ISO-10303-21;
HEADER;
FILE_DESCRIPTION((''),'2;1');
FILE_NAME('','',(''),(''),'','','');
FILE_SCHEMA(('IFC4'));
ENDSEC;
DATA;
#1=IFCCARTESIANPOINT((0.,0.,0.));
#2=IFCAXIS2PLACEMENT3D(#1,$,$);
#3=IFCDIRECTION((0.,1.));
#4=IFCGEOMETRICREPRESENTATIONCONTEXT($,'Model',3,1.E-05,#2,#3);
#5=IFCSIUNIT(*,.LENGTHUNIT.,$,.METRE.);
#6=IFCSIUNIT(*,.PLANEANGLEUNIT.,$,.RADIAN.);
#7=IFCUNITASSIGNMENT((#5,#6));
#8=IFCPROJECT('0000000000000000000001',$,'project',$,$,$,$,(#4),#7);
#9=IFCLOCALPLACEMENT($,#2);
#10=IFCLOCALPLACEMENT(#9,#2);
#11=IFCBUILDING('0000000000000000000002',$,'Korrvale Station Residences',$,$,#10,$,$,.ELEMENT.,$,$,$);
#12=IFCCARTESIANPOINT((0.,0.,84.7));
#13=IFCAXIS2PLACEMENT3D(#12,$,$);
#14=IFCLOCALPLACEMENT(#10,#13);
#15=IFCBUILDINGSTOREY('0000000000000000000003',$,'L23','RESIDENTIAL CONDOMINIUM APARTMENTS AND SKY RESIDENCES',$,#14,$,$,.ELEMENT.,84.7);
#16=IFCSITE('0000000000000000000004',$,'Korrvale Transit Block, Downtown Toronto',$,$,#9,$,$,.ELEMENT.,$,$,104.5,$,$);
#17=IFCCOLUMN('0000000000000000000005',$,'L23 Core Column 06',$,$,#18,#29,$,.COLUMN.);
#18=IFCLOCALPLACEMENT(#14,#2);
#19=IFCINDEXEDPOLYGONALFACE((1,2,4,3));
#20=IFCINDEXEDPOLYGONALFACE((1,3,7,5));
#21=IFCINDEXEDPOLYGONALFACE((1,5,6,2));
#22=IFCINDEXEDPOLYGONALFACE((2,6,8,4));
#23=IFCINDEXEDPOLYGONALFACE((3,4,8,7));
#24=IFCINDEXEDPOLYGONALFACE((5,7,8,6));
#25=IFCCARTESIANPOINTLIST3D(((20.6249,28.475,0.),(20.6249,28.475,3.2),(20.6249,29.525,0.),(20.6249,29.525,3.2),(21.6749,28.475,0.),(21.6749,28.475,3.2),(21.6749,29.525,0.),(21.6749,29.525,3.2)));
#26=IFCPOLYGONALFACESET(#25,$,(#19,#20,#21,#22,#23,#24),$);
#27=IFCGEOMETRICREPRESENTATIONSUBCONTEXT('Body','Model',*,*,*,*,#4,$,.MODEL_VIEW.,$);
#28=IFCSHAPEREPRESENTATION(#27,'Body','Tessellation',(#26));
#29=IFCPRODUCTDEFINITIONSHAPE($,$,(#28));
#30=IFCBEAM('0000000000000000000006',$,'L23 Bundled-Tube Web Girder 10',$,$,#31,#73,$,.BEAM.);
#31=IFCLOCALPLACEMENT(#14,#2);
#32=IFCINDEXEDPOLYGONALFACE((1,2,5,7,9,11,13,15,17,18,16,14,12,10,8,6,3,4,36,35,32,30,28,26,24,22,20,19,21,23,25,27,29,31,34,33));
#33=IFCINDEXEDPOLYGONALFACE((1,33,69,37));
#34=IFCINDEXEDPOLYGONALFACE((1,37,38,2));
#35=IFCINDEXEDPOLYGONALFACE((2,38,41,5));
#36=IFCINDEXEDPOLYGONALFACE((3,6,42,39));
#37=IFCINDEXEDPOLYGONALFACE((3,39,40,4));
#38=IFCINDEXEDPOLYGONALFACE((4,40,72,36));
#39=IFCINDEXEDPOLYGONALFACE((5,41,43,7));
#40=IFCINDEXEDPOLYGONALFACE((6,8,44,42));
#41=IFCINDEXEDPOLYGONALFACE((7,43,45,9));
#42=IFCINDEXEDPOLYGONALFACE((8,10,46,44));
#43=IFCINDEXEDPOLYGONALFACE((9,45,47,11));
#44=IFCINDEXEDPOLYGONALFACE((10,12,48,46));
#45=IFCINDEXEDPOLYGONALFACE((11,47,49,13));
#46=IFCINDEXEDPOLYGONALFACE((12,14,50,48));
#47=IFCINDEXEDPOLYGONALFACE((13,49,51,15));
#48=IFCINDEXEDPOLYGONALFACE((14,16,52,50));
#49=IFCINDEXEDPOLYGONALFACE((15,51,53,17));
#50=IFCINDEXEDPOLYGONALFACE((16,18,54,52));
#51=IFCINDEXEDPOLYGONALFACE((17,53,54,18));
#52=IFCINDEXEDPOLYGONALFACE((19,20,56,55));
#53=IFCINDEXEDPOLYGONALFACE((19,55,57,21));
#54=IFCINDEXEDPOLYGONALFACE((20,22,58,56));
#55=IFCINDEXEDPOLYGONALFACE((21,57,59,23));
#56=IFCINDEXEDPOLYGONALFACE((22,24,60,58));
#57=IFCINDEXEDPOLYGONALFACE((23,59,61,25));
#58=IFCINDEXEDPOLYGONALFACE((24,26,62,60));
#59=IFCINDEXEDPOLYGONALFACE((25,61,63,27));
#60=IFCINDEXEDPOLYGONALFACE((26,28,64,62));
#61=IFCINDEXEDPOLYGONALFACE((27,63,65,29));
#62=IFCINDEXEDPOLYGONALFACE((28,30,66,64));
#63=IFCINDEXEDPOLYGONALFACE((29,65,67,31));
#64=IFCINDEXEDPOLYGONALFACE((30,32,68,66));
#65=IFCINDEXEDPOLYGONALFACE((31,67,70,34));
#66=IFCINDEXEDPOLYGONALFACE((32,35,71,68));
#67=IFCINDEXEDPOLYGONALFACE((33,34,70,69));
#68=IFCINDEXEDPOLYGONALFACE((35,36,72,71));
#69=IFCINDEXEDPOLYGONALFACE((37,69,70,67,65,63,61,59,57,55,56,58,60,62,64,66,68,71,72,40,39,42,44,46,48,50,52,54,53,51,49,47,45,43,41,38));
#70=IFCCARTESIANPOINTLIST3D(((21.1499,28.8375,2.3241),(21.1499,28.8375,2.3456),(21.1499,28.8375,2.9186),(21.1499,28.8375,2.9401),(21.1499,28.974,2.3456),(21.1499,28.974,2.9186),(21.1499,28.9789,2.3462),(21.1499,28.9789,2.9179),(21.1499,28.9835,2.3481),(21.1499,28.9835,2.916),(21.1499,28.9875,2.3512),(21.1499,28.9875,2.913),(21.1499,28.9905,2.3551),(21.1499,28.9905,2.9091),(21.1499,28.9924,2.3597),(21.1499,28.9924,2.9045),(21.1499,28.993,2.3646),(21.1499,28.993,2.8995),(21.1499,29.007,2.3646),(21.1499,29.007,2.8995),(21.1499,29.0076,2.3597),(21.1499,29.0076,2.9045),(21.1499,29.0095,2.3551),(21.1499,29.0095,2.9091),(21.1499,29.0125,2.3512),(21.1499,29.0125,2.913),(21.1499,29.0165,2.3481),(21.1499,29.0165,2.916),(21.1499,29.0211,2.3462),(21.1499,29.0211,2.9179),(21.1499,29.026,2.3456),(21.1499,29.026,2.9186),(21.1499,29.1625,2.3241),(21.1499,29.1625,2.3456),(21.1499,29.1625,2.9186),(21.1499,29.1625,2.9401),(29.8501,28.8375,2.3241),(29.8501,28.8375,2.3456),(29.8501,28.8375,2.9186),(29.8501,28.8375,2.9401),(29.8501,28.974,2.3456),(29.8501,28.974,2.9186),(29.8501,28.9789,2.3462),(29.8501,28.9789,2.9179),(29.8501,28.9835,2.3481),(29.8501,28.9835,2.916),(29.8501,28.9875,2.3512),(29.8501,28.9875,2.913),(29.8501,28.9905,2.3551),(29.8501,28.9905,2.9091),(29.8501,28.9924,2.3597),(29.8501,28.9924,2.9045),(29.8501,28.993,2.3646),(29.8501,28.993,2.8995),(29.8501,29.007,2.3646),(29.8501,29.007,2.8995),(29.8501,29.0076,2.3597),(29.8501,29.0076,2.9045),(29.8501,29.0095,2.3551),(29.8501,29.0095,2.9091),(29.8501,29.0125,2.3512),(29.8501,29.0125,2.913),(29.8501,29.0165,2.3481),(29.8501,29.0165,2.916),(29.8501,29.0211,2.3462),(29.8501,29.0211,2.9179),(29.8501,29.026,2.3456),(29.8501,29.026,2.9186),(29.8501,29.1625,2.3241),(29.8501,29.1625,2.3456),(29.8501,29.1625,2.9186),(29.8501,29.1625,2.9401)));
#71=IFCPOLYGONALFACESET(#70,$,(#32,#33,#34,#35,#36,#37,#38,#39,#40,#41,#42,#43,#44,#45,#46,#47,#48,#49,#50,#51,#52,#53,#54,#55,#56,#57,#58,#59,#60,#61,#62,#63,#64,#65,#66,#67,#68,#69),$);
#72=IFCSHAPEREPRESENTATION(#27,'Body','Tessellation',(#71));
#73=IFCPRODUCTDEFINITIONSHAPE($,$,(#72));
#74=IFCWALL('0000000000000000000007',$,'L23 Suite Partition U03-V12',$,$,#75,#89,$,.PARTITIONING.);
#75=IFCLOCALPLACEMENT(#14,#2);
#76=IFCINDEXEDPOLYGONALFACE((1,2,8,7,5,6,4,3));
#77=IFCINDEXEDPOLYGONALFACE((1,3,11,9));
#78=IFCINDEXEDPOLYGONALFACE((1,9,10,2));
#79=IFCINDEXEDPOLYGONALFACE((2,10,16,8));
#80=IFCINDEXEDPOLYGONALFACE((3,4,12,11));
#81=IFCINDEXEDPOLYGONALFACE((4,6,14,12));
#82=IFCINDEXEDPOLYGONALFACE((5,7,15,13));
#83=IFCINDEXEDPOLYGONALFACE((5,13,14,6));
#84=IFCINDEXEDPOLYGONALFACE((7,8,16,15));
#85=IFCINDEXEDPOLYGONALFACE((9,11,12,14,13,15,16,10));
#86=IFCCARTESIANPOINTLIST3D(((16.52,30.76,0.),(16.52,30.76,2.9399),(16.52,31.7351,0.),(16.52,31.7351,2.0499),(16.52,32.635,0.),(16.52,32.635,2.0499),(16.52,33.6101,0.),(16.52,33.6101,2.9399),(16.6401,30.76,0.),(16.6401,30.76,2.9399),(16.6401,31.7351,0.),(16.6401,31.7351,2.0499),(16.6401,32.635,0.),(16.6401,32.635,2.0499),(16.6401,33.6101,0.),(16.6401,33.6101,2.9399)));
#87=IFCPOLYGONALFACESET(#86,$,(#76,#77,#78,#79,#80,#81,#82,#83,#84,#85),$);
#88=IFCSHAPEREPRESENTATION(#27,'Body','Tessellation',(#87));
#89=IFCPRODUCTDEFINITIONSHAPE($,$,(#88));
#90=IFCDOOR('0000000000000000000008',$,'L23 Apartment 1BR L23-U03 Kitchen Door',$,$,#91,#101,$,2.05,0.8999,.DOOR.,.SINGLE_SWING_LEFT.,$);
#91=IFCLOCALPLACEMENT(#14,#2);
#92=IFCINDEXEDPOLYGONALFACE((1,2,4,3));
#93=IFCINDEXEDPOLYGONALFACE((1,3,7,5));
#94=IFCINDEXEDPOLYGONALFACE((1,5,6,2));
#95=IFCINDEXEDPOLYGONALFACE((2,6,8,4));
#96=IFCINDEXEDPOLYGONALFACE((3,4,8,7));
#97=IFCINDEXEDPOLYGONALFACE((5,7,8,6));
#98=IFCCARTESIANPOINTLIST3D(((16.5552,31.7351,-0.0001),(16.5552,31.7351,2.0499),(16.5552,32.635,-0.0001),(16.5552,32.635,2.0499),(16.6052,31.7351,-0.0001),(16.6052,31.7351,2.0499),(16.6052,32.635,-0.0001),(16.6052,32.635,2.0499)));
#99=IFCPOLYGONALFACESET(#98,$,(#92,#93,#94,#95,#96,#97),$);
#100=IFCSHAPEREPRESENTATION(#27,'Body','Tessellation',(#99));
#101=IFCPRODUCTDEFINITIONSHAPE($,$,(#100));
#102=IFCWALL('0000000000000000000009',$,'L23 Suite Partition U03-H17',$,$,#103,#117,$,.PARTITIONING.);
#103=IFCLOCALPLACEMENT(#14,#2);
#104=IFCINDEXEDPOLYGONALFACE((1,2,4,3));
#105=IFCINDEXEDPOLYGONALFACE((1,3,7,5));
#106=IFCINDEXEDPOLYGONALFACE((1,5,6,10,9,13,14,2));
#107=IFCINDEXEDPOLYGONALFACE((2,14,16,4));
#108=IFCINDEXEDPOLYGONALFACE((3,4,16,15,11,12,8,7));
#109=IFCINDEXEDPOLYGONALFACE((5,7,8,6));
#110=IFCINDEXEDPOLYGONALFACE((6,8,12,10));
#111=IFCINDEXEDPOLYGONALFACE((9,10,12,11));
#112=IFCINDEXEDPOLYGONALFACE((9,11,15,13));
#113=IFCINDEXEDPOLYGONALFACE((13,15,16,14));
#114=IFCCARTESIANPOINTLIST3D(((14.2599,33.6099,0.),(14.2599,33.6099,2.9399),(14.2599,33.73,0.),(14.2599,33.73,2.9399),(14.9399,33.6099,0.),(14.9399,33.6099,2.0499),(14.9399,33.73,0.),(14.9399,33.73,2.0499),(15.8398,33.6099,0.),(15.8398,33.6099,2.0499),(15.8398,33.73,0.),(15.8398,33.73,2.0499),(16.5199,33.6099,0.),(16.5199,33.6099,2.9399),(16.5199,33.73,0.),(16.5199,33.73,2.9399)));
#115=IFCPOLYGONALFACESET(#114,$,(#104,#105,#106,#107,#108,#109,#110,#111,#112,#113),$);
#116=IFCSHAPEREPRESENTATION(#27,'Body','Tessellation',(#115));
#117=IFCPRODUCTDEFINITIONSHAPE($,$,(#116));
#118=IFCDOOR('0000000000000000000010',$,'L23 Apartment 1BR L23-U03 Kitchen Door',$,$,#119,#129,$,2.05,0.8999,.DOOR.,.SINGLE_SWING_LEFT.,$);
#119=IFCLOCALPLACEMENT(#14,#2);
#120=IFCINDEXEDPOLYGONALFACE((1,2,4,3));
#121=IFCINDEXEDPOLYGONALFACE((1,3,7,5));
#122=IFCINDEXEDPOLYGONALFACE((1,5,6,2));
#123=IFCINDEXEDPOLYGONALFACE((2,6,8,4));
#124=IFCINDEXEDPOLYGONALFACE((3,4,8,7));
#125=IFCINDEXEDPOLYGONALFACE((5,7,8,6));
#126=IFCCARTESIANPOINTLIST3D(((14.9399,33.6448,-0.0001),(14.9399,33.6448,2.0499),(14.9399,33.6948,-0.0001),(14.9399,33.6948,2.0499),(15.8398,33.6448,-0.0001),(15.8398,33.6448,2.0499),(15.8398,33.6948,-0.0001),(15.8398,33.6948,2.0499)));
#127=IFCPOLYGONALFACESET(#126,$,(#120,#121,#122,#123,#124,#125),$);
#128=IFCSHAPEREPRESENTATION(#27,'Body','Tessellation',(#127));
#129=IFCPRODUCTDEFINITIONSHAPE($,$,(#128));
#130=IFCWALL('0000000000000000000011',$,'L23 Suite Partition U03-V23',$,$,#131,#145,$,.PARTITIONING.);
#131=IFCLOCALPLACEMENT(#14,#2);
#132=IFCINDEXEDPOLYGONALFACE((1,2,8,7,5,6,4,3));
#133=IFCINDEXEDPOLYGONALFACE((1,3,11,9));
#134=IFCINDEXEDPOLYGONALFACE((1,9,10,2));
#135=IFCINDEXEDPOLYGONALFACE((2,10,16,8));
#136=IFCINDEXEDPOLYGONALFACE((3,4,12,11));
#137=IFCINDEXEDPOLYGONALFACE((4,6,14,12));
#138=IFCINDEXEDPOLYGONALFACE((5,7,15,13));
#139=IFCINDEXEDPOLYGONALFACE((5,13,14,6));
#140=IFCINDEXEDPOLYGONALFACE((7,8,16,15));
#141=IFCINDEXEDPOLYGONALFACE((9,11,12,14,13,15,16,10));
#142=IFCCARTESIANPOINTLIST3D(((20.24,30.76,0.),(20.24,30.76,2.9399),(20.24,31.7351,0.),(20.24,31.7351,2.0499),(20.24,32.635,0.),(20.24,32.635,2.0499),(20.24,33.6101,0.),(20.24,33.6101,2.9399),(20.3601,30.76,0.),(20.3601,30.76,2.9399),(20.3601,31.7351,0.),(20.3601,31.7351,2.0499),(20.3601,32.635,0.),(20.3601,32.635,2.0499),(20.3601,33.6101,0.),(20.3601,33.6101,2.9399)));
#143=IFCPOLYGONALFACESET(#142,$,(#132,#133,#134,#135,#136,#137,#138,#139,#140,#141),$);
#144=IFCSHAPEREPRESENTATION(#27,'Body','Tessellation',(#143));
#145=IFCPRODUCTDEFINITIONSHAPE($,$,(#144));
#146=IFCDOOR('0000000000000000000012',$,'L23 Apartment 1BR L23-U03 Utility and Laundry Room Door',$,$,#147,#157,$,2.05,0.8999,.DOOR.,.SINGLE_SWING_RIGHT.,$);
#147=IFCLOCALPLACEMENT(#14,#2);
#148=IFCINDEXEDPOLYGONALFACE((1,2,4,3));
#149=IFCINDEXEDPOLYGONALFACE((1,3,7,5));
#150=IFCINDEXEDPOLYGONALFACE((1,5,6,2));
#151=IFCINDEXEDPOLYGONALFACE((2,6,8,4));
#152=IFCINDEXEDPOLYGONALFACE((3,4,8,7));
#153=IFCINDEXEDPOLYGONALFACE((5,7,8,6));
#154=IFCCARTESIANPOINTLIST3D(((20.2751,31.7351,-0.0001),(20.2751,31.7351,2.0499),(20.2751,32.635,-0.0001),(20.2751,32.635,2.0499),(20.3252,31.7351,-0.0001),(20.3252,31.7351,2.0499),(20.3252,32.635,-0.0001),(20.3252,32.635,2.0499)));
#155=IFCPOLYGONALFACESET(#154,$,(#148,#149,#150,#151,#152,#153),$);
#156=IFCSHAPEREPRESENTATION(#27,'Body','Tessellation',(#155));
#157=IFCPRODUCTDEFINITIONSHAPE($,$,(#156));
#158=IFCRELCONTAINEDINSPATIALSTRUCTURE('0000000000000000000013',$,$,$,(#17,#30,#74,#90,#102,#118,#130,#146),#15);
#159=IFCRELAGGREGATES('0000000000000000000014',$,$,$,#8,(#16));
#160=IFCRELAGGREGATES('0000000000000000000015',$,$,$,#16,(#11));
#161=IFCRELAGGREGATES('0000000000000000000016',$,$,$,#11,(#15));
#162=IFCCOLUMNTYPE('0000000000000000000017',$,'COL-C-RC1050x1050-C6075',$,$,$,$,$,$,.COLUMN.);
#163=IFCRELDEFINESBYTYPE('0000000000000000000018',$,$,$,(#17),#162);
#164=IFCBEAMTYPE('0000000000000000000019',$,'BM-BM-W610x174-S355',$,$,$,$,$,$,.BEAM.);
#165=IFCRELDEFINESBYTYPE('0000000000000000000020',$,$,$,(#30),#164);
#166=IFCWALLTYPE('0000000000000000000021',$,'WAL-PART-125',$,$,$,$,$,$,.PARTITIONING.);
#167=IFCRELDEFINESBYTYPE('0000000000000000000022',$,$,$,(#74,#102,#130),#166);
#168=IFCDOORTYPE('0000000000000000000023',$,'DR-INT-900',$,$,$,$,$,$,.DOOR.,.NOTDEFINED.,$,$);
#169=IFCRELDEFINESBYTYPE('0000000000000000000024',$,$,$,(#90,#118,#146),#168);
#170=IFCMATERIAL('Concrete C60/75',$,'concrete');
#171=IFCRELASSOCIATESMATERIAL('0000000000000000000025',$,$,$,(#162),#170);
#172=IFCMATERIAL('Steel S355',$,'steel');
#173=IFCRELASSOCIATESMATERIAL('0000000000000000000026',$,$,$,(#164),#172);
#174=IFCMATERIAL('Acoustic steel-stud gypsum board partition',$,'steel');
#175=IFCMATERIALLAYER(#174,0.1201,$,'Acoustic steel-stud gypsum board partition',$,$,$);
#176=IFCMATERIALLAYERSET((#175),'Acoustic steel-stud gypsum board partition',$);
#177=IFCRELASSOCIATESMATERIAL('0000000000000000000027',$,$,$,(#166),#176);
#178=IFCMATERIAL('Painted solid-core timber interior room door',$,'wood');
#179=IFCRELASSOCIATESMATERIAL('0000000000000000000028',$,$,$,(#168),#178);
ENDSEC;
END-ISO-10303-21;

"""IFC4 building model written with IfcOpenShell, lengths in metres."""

from ifc_helpers import new_model, si_unit, direction, frame, frame_2d, origin, origin_2d, place, context, subcontext, project, spatial, rectangle, i_section, extrude, material, layer, layer_set, material_profile, profile_set, type_object, element, fill, save


model = new_model("IFC4")

# Units and contexts
model_context = context("Model", 3, precision=1e-05, world=origin(), true_north=direction((0.0, 1.0)))
body_context = subcontext(model_context, "Body", "Model", "MODEL_VIEW")
ifc_project = project(units=[si_unit("LENGTHUNIT", "METRE"), si_unit("PLANEANGLEUNIT", "RADIAN")], contexts=[model_context])

# Site, building, storey
site_placement = place(None, origin())
site = spatial("IfcSite", under=ifc_project, at=site_placement, Name="Korrvale Transit Block, Downtown Toronto", CompositionType="ELEMENT", RefElevation=104.5)
building_placement = place(site_placement, origin())
building = spatial("IfcBuilding", under=site, at=building_placement, Name="Korrvale Station Residences", CompositionType="ELEMENT")
storey_placement = place(building_placement, frame((0.0, 0.0, 84.7)))
storey = spatial("IfcBuildingStorey", under=building, at=storey_placement, Name="L23", Description="RESIDENTIAL CONDOMINIUM APARTMENTS AND SKY RESIDENCES", CompositionType="ELEMENT", Elevation=84.7)

# Column
ifc_material_1 = material(Name="Concrete C60/75", Category="concrete")
ifc_material_profile_1 = material_profile(ifc_material_1, rectangle(XDim=1.05, YDim=1.05, at=origin_2d()), Name="RC1050x1050")
ifc_profile_set_1 = profile_set([ifc_material_profile_1], Name="Concrete C60/75")
column_type = type_object("IfcColumnType", Name="COL-C-RC1050x1050-C6075", PredefinedType="COLUMN", material=ifc_profile_set_1)
column_placement = place(storey_placement, frame((21.1499, 29.0, 0.0), z_axis=(0.0, 0.0, 1.0), x_axis=(1.0, 0.0, 0.0)))
element("IfcColumn", 1, at=column_placement, inside=storey, type_object=column_type, Name="L23 Core Column 06", PredefinedType="COLUMN", context=body_context, shape_type="SweptSolid", body=[
    extrude(rectangle(XDim=1.05, YDim=1.05, at=origin_2d()), origin(), (0.0, 0.0, 1.0), 3.2),
])

# Beam
ifc_material_2 = material(Name="Steel S355", Category="steel")
ifc_material_profile_2 = material_profile(ifc_material_2, i_section(OverallWidth=0.325, OverallDepth=0.616, WebThickness=0.0139, FlangeThickness=0.0215, FilletRadius=0.019, at=origin_2d()), Name="W610x174")
ifc_profile_set_2 = profile_set([ifc_material_profile_2], Name="Steel S355")
beam_type = type_object("IfcBeamType", Name="BM-BM-W610x174-S355", PredefinedType="BEAM", material=ifc_profile_set_2)
beam_placement = place(storey_placement, frame((21.1499, 29.0, 2.6321), z_axis=(1.0, 0.0, 0.0), x_axis=(0.0, 1.0, 0.0)))
element("IfcBeam", 2, at=beam_placement, inside=storey, type_object=beam_type, Name="L23 Bundled-Tube Web Girder 10", PredefinedType="BEAM", context=body_context, shape_type="SweptSolid", body=[
    extrude(i_section(OverallWidth=0.325, OverallDepth=0.616, WebThickness=0.0139, FlangeThickness=0.0215, FilletRadius=0.019, at=origin_2d()), origin(), (0.0, 0.0, 1.0), 8.7002),
])

# Walls, openings, doors
ifc_material_3 = material(Name="Acoustic steel-stud gypsum board partition", Category="steel")
ifc_layer = layer(ifc_material_3, 0.1201, Name="Acoustic steel-stud gypsum board partition")
ifc_layer_set = layer_set([ifc_layer], Name="Acoustic steel-stud gypsum board partition")
wall_type = type_object("IfcWallType", Name="WAL-PART-125", PredefinedType="PARTITIONING", material=ifc_layer_set)
wall_1_placement = place(storey_placement, frame((16.5801, 30.76, 0.0), z_axis=(0.0, 0.0, 1.0), x_axis=(0.0, 1.0, 0.0)))
wall_1 = element("IfcWall", 3, at=wall_1_placement, inside=storey, type_object=wall_type, Name="L23 Suite Partition U03-V12", PredefinedType="PARTITIONING", context=body_context, shape_type="SweptSolid", body=[
    extrude(rectangle(XDim=2.8501, YDim=0.1201, at=frame_2d((1.425, 0.0))), origin(), (0.0, 0.0, 1.0), 2.9399),
])
opening_1_placement = place(wall_1_placement, frame((0.9751, 0.0, 0.0)))
opening_1 = element("IfcOpeningElement", 4, at=opening_1_placement, cuts=wall_1, PredefinedType="OPENING", context=body_context, shape_type="SweptSolid", body=[
    extrude(rectangle(XDim=0.8999, YDim=2.05, at=frame_2d((0.45, 1.0249))), frame((0.0, 0.0701, 0.0), z_axis=(0.0, -1.0, 0.0), x_axis=(1.0, 0.0, 0.0)), (0.0, 0.0, 1.0), 0.1401),
])
ifc_material_4 = material(Name="Painted solid-core timber interior room door", Category="wood")
door_type = type_object("IfcDoorType", Name="DR-INT-900", OperationType="NOTDEFINED", PredefinedType="DOOR", material=ifc_material_4)
door_1_placement = place(opening_1_placement, origin())
door_1 = element("IfcDoor", 5, at=door_1_placement, inside=storey, type_object=door_type, Name="L23 Apartment 1BR L23-U03 Kitchen Door", OperationType="SINGLE_SWING_LEFT", OverallHeight=2.05, OverallWidth=0.8999, PredefinedType="DOOR", context=body_context, shape_type="SweptSolid", body=[
    extrude(rectangle(XDim=0.8999, YDim=2.05, at=frame_2d((0.45, 1.0249))), frame((0.0, 0.0249, 0.0), z_axis=(0.0, -1.0, 0.0), x_axis=(1.0, 0.0, 0.0)), (0.0, 0.0, 1.0), 0.05),
])
fill(opening_1, door_1)
wall_2_placement = place(storey_placement, frame((14.26, 33.6699, 0.0), z_axis=(0.0, 0.0, 1.0), x_axis=(1.0, 0.0, 0.0)))
wall_2 = element("IfcWall", 6, at=wall_2_placement, inside=storey, type_object=wall_type, Name="L23 Suite Partition U03-H17", PredefinedType="PARTITIONING", context=body_context, shape_type="SweptSolid", body=[
    extrude(rectangle(XDim=2.26, YDim=0.1201, at=frame_2d((1.1299, 0.0))), origin(), (0.0, 0.0, 1.0), 2.9399),
])
opening_2_placement = place(wall_2_placement, frame((0.6799, 0.0, 0.0)))
opening_2 = element("IfcOpeningElement", 7, at=opening_2_placement, cuts=wall_2, PredefinedType="OPENING", context=body_context, shape_type="SweptSolid", body=[
    extrude(rectangle(XDim=0.8999, YDim=2.05, at=frame_2d((0.45, 1.0249))), frame((0.0, 0.0701, 0.0), z_axis=(0.0, -1.0, 0.0), x_axis=(1.0, 0.0, 0.0)), (0.0, 0.0, 1.0), 0.1401),
])
door_2_placement = place(opening_2_placement, origin())
door_2 = element("IfcDoor", 8, at=door_2_placement, inside=storey, type_object=door_type, Name="L23 Apartment 1BR L23-U03 Kitchen Door", OperationType="SINGLE_SWING_LEFT", OverallHeight=2.05, OverallWidth=0.8999, PredefinedType="DOOR", context=body_context, shape_type="SweptSolid", body=[
    extrude(rectangle(XDim=0.8999, YDim=2.05, at=frame_2d((0.45, 1.0249))), frame((0.0, 0.0249, 0.0), z_axis=(0.0, -1.0, 0.0), x_axis=(1.0, 0.0, 0.0)), (0.0, 0.0, 1.0), 0.05),
])
fill(opening_2, door_2)
wall_3_placement = place(storey_placement, frame((20.3, 30.76, 0.0), z_axis=(0.0, 0.0, 1.0), x_axis=(0.0, 1.0, 0.0)))
wall_3 = element("IfcWall", 9, at=wall_3_placement, inside=storey, type_object=wall_type, Name="L23 Suite Partition U03-V23", PredefinedType="PARTITIONING", context=body_context, shape_type="SweptSolid", body=[
    extrude(rectangle(XDim=2.8501, YDim=0.1201, at=frame_2d((1.425, 0.0))), origin(), (0.0, 0.0, 1.0), 2.9399),
])
opening_3_placement = place(wall_3_placement, frame((0.9751, 0.0, 0.0)))
opening_3 = element("IfcOpeningElement", 10, at=opening_3_placement, cuts=wall_3, PredefinedType="OPENING", context=body_context, shape_type="SweptSolid", body=[
    extrude(rectangle(XDim=0.8999, YDim=2.05, at=frame_2d((0.45, 1.0249))), frame((0.0, 0.0701, 0.0), z_axis=(0.0, -1.0, 0.0), x_axis=(1.0, 0.0, 0.0)), (0.0, 0.0, 1.0), 0.1401),
])
door_3_placement = place(opening_3_placement, origin())
door_3 = element("IfcDoor", 11, at=door_3_placement, inside=storey, type_object=door_type, Name="L23 Apartment 1BR L23-U03 Utility and Laundry Room Door", OperationType="SINGLE_SWING_RIGHT", OverallHeight=2.05, OverallWidth=0.8999, PredefinedType="DOOR", context=body_context, shape_type="SweptSolid", body=[
    extrude(rectangle(XDim=0.8999, YDim=2.05, at=frame_2d((0.45, 1.0249))), frame((0.0, 0.0249, 0.0), z_axis=(0.0, -1.0, 0.0), x_axis=(1.0, 0.0, 0.0)), (0.0, 0.0, 1.0), 0.05),
])
fill(opening_3, door_3)

save(model, "model.ifc")
